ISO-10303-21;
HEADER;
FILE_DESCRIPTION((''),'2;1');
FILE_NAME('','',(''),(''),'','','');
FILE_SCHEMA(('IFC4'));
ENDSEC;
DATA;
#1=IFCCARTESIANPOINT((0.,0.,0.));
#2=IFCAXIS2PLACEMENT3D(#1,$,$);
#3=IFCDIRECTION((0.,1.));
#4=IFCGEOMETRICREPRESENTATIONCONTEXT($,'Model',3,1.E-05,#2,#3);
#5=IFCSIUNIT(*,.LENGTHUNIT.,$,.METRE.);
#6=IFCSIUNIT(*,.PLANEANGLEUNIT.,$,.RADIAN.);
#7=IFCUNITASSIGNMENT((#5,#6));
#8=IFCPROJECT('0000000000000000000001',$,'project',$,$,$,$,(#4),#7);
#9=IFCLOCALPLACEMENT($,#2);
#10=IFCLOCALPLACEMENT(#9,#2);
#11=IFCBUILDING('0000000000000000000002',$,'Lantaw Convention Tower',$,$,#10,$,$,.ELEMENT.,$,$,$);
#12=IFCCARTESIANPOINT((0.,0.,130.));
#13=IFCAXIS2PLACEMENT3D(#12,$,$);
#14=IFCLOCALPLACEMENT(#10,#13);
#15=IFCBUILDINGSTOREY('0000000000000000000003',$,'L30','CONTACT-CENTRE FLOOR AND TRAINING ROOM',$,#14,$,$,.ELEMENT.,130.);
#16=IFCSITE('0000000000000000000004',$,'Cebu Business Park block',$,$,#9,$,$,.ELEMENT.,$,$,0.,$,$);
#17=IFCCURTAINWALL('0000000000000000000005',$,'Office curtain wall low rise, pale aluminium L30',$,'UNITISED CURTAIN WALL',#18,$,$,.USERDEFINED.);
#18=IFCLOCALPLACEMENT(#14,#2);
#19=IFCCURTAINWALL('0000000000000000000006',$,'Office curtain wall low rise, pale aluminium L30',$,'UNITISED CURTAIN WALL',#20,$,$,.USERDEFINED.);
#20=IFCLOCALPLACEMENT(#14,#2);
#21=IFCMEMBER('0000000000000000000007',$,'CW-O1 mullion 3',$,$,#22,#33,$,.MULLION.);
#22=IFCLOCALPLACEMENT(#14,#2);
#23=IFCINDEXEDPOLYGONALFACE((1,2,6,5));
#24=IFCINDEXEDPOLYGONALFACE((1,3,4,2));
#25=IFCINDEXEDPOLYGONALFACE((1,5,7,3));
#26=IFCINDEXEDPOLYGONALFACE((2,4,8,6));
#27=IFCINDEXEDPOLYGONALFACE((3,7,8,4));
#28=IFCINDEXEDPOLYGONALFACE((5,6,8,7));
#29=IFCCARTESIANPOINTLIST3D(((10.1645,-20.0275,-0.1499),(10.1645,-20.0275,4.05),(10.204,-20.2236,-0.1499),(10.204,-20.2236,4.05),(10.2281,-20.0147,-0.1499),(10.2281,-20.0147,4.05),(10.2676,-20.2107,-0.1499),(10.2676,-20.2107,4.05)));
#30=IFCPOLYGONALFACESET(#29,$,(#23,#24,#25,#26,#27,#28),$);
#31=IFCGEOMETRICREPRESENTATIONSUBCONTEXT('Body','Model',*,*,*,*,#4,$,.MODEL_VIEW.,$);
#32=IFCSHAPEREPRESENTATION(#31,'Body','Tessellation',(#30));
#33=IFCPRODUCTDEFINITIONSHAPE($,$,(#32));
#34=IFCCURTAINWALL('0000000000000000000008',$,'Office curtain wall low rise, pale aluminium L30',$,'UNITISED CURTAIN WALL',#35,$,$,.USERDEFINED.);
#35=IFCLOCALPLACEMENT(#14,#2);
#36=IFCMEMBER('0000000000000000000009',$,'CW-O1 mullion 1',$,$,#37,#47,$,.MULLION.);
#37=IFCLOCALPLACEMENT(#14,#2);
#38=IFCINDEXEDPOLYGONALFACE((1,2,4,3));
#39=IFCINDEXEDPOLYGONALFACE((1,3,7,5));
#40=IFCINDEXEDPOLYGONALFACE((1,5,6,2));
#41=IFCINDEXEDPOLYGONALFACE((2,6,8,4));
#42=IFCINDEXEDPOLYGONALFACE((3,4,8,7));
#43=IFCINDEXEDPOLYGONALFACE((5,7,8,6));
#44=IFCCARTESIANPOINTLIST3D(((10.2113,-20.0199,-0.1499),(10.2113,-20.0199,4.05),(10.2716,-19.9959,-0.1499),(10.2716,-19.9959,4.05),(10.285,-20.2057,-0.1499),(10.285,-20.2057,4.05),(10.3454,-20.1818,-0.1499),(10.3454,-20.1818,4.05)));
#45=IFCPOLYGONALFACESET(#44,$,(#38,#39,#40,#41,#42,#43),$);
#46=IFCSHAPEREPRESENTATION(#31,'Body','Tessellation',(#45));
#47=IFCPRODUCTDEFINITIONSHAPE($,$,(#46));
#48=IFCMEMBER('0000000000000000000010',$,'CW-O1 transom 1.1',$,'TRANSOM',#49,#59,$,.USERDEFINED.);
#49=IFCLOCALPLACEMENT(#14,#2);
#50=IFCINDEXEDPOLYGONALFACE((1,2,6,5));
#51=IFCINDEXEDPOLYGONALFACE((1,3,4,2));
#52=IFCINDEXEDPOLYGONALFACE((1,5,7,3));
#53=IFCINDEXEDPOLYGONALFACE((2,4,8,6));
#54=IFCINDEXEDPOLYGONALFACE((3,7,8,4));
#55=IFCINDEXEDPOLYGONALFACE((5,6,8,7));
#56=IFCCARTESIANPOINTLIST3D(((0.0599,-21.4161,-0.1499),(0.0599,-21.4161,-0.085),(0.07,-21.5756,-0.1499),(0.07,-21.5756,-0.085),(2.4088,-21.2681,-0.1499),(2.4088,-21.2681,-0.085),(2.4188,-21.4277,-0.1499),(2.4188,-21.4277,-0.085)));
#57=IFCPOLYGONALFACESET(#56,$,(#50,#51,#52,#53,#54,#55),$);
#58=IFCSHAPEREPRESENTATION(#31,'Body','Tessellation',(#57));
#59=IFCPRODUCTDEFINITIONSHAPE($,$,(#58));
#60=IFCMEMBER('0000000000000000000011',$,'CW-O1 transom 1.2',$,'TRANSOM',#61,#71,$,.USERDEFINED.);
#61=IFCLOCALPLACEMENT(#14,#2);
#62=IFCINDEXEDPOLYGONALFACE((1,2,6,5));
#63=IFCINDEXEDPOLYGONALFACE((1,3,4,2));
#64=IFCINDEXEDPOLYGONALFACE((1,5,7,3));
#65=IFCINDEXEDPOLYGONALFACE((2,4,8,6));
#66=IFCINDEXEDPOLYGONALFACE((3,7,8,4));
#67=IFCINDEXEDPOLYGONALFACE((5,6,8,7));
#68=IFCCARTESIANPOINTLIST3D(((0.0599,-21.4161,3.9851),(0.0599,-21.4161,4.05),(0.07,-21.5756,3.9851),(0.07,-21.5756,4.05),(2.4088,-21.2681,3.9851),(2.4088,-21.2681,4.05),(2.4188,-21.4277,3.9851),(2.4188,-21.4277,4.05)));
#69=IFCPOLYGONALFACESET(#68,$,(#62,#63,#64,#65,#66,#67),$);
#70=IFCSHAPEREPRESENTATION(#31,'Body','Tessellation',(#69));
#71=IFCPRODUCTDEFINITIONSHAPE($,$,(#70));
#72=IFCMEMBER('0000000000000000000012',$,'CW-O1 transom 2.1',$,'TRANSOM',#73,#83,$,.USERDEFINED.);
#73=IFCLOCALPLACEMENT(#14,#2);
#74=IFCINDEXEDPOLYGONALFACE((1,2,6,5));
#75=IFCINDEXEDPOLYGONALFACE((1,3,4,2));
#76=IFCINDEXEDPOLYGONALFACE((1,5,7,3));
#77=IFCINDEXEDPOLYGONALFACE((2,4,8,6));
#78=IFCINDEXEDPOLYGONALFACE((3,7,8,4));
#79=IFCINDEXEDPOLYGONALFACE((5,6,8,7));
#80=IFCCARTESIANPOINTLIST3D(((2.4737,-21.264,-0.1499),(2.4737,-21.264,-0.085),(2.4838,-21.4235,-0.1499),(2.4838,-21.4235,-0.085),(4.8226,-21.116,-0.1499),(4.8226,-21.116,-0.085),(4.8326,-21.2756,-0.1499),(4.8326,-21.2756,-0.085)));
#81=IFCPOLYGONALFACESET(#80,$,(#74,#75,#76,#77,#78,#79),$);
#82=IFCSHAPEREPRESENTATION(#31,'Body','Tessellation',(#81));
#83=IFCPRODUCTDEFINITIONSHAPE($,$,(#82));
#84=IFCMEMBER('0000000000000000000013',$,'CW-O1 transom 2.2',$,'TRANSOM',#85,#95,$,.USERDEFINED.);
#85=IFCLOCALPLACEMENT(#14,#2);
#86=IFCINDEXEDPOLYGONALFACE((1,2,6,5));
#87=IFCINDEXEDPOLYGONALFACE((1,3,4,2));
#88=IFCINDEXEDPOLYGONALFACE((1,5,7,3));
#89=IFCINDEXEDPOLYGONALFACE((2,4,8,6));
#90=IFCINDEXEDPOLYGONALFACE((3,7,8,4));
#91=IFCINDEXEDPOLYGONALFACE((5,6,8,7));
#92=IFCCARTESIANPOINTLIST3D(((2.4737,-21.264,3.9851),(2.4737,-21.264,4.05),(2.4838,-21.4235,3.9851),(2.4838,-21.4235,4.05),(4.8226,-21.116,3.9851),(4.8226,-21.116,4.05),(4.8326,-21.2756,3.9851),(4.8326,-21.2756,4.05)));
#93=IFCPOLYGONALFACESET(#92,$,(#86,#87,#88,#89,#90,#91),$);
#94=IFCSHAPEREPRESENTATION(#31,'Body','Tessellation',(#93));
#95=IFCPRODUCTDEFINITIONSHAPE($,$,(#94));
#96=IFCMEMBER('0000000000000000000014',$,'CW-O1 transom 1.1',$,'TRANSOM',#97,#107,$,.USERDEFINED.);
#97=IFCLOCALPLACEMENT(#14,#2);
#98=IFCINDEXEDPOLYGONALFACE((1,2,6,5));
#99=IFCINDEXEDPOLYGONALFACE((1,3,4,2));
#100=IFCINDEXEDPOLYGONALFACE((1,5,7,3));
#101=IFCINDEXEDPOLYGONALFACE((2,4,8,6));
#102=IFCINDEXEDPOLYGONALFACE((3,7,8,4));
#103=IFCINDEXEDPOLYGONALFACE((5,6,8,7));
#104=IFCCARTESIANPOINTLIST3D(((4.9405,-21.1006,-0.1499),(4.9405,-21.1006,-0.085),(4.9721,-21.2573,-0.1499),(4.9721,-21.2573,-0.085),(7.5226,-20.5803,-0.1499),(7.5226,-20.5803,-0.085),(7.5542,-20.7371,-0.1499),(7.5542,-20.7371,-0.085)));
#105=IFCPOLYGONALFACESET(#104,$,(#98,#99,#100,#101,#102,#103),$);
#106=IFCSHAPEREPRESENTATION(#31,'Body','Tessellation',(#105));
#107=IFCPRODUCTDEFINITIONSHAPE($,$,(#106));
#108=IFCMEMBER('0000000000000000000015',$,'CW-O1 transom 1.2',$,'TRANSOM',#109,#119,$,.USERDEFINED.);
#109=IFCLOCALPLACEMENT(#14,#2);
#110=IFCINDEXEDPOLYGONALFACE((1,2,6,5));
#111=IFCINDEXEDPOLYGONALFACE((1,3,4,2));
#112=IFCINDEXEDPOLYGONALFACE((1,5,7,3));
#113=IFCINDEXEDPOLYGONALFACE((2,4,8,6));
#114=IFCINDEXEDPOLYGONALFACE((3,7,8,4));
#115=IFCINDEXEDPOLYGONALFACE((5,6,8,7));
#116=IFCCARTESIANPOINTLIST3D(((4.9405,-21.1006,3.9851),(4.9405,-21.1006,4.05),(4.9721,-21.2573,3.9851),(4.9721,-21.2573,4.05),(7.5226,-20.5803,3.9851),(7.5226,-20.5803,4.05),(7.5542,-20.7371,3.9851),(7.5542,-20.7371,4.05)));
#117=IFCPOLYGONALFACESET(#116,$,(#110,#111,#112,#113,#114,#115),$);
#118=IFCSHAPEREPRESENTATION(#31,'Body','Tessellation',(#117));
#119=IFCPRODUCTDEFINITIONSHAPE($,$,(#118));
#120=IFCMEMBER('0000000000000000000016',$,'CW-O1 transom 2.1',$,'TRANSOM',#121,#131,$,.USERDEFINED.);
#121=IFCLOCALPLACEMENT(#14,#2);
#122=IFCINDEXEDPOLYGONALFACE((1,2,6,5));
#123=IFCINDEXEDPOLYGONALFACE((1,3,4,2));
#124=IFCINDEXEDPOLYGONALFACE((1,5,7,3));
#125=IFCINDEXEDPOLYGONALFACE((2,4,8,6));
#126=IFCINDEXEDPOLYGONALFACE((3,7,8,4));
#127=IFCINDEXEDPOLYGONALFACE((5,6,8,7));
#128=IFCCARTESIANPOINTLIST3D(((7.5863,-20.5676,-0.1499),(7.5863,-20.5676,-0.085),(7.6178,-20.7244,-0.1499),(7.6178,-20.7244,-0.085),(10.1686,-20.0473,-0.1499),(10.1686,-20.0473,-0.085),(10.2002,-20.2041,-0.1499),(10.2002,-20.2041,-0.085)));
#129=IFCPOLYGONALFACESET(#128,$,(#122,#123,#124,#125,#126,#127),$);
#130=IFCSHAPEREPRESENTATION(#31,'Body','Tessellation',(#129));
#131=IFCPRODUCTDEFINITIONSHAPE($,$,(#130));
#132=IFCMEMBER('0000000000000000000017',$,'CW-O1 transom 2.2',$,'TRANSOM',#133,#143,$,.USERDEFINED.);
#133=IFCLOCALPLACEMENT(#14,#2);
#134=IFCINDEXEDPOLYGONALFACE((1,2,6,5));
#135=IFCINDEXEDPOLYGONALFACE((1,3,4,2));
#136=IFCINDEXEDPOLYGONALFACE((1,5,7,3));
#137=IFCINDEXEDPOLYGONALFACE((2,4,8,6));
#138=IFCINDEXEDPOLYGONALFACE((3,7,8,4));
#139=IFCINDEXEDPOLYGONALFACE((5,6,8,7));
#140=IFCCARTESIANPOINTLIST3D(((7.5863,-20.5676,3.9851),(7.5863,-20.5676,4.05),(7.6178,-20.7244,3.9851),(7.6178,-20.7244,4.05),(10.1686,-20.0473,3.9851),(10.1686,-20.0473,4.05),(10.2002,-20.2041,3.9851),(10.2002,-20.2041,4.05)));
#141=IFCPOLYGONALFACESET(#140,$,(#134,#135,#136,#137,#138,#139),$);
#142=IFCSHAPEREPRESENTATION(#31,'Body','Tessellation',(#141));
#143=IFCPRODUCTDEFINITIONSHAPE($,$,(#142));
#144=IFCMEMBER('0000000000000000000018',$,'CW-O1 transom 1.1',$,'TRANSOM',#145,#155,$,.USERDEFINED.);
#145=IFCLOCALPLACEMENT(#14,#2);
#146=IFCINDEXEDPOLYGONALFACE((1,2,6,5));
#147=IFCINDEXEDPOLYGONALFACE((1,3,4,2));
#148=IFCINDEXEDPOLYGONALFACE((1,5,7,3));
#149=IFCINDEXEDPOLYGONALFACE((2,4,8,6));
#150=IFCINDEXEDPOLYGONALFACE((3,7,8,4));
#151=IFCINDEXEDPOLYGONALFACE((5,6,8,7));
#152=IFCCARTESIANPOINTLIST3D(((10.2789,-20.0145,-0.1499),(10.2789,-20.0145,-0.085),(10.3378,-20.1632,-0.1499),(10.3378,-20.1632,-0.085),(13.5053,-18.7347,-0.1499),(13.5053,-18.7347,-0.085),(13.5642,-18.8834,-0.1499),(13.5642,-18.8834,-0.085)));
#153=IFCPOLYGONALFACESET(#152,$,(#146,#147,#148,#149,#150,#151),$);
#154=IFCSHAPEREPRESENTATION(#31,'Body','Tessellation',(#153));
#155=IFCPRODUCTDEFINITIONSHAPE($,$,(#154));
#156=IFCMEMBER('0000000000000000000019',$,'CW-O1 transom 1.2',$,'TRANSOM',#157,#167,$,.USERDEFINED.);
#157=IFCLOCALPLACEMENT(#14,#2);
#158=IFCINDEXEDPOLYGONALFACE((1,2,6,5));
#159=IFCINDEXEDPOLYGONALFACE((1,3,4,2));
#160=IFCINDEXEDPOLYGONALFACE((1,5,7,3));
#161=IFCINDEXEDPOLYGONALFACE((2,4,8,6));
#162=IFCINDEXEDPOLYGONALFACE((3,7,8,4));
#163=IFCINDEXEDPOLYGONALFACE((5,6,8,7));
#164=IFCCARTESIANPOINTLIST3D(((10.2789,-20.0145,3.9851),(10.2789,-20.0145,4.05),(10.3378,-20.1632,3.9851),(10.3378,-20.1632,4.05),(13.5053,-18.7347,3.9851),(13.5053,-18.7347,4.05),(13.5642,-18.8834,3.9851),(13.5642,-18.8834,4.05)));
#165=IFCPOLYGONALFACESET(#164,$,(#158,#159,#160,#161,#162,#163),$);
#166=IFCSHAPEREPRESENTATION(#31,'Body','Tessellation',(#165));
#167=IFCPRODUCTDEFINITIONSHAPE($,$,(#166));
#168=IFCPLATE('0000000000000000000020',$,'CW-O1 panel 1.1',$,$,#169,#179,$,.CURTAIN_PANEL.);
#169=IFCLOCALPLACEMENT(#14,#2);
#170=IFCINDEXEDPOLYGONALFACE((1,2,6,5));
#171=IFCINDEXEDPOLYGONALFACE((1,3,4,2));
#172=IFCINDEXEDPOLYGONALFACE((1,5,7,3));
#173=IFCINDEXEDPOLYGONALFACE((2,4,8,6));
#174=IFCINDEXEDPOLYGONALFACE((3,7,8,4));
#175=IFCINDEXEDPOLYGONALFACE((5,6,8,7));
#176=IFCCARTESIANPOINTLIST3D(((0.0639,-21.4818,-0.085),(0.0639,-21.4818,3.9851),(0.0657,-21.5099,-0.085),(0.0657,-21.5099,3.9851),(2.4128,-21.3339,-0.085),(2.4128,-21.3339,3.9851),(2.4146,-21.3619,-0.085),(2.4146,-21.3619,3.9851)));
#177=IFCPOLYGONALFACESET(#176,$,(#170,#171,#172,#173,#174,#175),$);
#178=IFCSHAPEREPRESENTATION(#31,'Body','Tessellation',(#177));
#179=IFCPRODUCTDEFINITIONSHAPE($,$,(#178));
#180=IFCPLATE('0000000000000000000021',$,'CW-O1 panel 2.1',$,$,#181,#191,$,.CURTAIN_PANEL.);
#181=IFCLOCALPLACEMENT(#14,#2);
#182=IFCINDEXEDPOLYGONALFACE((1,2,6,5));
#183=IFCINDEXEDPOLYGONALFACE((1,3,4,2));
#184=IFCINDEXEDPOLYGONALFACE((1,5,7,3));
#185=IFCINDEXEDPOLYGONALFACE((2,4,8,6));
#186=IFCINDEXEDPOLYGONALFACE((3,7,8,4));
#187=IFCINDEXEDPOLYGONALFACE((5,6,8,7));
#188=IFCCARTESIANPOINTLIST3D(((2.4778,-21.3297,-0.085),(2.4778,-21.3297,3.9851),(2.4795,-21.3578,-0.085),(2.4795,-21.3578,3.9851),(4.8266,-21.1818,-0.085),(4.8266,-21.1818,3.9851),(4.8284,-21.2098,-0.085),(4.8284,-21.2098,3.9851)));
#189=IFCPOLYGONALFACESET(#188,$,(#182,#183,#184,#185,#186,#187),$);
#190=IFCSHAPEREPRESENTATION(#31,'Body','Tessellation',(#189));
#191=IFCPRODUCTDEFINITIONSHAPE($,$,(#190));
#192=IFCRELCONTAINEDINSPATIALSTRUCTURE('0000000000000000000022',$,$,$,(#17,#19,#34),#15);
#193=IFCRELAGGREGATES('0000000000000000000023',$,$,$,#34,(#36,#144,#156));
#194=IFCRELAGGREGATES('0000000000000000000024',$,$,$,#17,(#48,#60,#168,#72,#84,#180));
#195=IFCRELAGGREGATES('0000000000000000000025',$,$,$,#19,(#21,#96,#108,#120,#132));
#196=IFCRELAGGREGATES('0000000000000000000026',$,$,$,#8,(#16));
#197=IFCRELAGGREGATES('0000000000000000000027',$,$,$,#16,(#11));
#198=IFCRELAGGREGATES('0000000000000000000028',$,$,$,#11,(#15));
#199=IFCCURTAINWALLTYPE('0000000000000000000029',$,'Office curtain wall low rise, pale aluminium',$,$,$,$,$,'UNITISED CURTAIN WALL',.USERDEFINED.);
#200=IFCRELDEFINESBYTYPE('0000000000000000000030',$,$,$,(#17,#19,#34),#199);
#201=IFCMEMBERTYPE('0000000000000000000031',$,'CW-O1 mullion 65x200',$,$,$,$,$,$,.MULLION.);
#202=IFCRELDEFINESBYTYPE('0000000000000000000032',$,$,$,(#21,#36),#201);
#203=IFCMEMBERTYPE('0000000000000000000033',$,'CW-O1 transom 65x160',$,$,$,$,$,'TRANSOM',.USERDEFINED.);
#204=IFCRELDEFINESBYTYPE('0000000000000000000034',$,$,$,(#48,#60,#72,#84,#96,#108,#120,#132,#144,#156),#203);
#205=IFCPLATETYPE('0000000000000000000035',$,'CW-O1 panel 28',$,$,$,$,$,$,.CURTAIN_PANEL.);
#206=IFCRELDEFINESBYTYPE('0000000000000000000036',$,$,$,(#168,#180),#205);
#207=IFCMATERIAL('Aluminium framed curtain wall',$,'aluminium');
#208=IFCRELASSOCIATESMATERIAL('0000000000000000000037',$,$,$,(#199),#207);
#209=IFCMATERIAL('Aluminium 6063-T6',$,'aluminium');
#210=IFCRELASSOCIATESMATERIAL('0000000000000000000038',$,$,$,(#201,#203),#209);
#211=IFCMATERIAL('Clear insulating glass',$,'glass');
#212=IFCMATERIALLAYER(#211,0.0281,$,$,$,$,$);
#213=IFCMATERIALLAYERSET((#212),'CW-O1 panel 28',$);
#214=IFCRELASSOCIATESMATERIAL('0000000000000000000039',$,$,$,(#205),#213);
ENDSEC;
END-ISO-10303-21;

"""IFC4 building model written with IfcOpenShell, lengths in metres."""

from ifc_helpers import new_model, si_unit, direction, frame, origin, origin_2d, place, context, subcontext, project, spatial, rectangle, extrude, material, layer, layer_set, material_profile, profile_set, type_object, element, aggregate, save


model = new_model("IFC4")

# Units and contexts
model_context = context("Model", 3, precision=1e-05, world=origin(), true_north=direction((0.0, 1.0)))
body_context = subcontext(model_context, "Body", "Model", "MODEL_VIEW")
ifc_project = project(units=[si_unit("LENGTHUNIT", "METRE"), si_unit("PLANEANGLEUNIT", "RADIAN")], contexts=[model_context])

# Site, building, storey
site_placement = place(None, origin())
site = spatial("IfcSite", under=ifc_project, at=site_placement, Name="Cebu Business Park block", CompositionType="ELEMENT", RefElevation=0.0)
building_placement = place(site_placement, origin())
building = spatial("IfcBuilding", under=site, at=building_placement, Name="Lantaw Convention Tower", CompositionType="ELEMENT")
storey_placement = place(building_placement, frame((0.0, 0.0, 130.0)))
storey = spatial("IfcBuildingStorey", under=building, at=storey_placement, Name="L30", Description="CONTACT-CENTRE FLOOR AND TRAINING ROOM", CompositionType="ELEMENT", Elevation=130.0)

# Curtain walls, member
ifc_material_1 = material(Name="Aluminium framed curtain wall", Category="aluminium")
curtain_wall_type = type_object("IfcCurtainWallType", Name="Office curtain wall low rise, pale aluminium", ElementType="UNITISED CURTAIN WALL", PredefinedType="USERDEFINED", material=ifc_material_1)
curtain_wall_1_placement = place(storey_placement, origin())
curtain_wall_1 = element("IfcCurtainWall", 1, at=curtain_wall_1_placement, inside=storey, type_object=curtain_wall_type, Name="Office curtain wall low rise, pale aluminium L30", ObjectType="UNITISED CURTAIN WALL", PredefinedType="USERDEFINED")
ifc_material_2 = material(Name="Aluminium 6063-T6", Category="aluminium")
ifc_material_profile_1 = material_profile(ifc_material_2, rectangle(XDim=0.2, YDim=0.0649, at=origin_2d()), Name="CW-O1 mullion 65x200")
ifc_profile_set_1 = profile_set([ifc_material_profile_1], Name="Aluminium 6063-T6")
member_type_1 = type_object("IfcMemberType", Name="CW-O1 mullion 65x200", PredefinedType="MULLION", material=ifc_profile_set_1)
curtain_wall_2_placement = place(storey_placement, origin())
curtain_wall_2 = element("IfcCurtainWall", 2, at=curtain_wall_2_placement, inside=storey, type_object=curtain_wall_type, Name="Office curtain wall low rise, pale aluminium L30", ObjectType="UNITISED CURTAIN WALL", PredefinedType="USERDEFINED")
member_1_placement = place(storey_placement, frame((10.2161, -20.1191, -0.1499), z_axis=(0.0, 0.0, 1.0), x_axis=(-0.197507, 0.980302, 0.0)))
member_1 = element("IfcMember", 3, at=member_1_placement, type_object=member_type_1, Name="CW-O1 mullion 3", PredefinedType="MULLION", context=body_context, shape_type="SweptSolid", body=[
    extrude(rectangle(XDim=0.2, YDim=0.0649, at=origin_2d()), origin(), (0.0, 0.0, 1.0), 4.2),
])

# Curtain wall, member
curtain_wall_3_placement = place(storey_placement, origin())
curtain_wall_3 = element("IfcCurtainWall", 4, at=curtain_wall_3_placement, inside=storey, type_object=curtain_wall_type, Name="Office curtain wall low rise, pale aluminium L30", ObjectType="UNITISED CURTAIN WALL", PredefinedType="USERDEFINED")
member_2_placement = place(storey_placement, frame((10.2783, -20.1008, -0.1499), z_axis=(0.0, 0.0, 1.0), x_axis=(-0.368702, 0.929548, 0.0)))
member_2 = element("IfcMember", 5, at=member_2_placement, type_object=member_type_1, Name="CW-O1 mullion 1", PredefinedType="MULLION", context=body_context, shape_type="SweptSolid", body=[
    extrude(rectangle(XDim=0.2, YDim=0.0649, at=origin_2d()), origin(), (0.0, 0.0, 1.0), 4.2),
])

# Members
ifc_material_profile_2 = material_profile(ifc_material_2, rectangle(XDim=0.1599, YDim=0.0649, at=origin_2d()), Name="CW-O1 transom 65x160")
ifc_profile_set_2 = profile_set([ifc_material_profile_2], Name="Aluminium 6063-T6")
member_type_2 = type_object("IfcMemberType", Name="CW-O1 transom 65x160", ElementType="TRANSOM", PredefinedType="USERDEFINED", material=ifc_profile_set_2)
member_3_placement = place(storey_placement, frame((0.0649, -21.4958, -0.1174), z_axis=(0.998022, 0.062863, 0.0), x_axis=(-0.062863, 0.998022, 0.0)))
member_3 = element("IfcMember", 6, at=member_3_placement, type_object=member_type_2, Name="CW-O1 transom 1.1", ObjectType="TRANSOM", PredefinedType="USERDEFINED", context=body_context, shape_type="SweptSolid", body=[
    extrude(rectangle(XDim=0.1599, YDim=0.0649, at=origin_2d()), origin(), (0.0, 0.0, 1.0), 2.3535),
])
member_4_placement = place(storey_placement, frame((0.0649, -21.4958, 4.0176), z_axis=(0.998022, 0.062863, 0.0), x_axis=(-0.062863, 0.998022, 0.0)))
member_4 = element("IfcMember", 7, at=member_4_placement, type_object=member_type_2, Name="CW-O1 transom 1.2", ObjectType="TRANSOM", PredefinedType="USERDEFINED", context=body_context, shape_type="SweptSolid", body=[
    extrude(rectangle(XDim=0.1599, YDim=0.0649, at=origin_2d()), origin(), (0.0, 0.0, 1.0), 2.3535),
])
member_5_placement = place(storey_placement, frame((2.4788, -21.3438, -0.1174), z_axis=(0.998022, 0.062863, 0.0), x_axis=(-0.062863, 0.998022, 0.0)))
member_5 = element("IfcMember", 8, at=member_5_placement, type_object=member_type_2, Name="CW-O1 transom 2.1", ObjectType="TRANSOM", PredefinedType="USERDEFINED", context=body_context, shape_type="SweptSolid", body=[
    extrude(rectangle(XDim=0.1599, YDim=0.0649, at=origin_2d()), origin(), (0.0, 0.0, 1.0), 2.3535),
])
member_6_placement = place(storey_placement, frame((2.4788, -21.3438, 4.0176), z_axis=(0.998022, 0.062863, 0.0), x_axis=(-0.062863, 0.998022, 0.0)))
member_6 = element("IfcMember", 9, at=member_6_placement, type_object=member_type_2, Name="CW-O1 transom 2.2", ObjectType="TRANSOM", PredefinedType="USERDEFINED", context=body_context, shape_type="SweptSolid", body=[
    extrude(rectangle(XDim=0.1599, YDim=0.0649, at=origin_2d()), origin(), (0.0, 0.0, 1.0), 2.3535),
])
member_7_placement = place(storey_placement, frame((4.9563, -21.179, -0.1174), z_axis=(0.980298, 0.197524, 0.0), x_axis=(-0.197524, 0.980298, 0.0)))
member_7 = element("IfcMember", 10, at=member_7_placement, type_object=member_type_2, Name="CW-O1 transom 1.1", ObjectType="TRANSOM", PredefinedType="USERDEFINED", context=body_context, shape_type="SweptSolid", body=[
    extrude(rectangle(XDim=0.1599, YDim=0.0649, at=origin_2d()), origin(), (0.0, 0.0, 1.0), 2.634),
])
member_8_placement = place(storey_placement, frame((4.9563, -21.179, 4.0176), z_axis=(0.980298, 0.197524, 0.0), x_axis=(-0.197524, 0.980298, 0.0)))
member_8 = element("IfcMember", 11, at=member_8_placement, type_object=member_type_2, Name="CW-O1 transom 1.2", ObjectType="TRANSOM", PredefinedType="USERDEFINED", context=body_context, shape_type="SweptSolid", body=[
    extrude(rectangle(XDim=0.1599, YDim=0.0649, at=origin_2d()), origin(), (0.0, 0.0, 1.0), 2.634),
])
member_9_placement = place(storey_placement, frame((7.6021, -20.646, -0.1174), z_axis=(0.980302, 0.197506, 0.0), x_axis=(-0.197506, 0.980302, 0.0)))
member_9 = element("IfcMember", 12, at=member_9_placement, type_object=member_type_2, Name="CW-O1 transom 2.1", ObjectType="TRANSOM", PredefinedType="USERDEFINED", context=body_context, shape_type="SweptSolid", body=[
    extrude(rectangle(XDim=0.1599, YDim=0.0649, at=origin_2d()), origin(), (0.0, 0.0, 1.0), 2.6343),
])
member_10_placement = place(storey_placement, frame((7.6021, -20.646, 4.0176), z_axis=(0.980302, 0.197506, 0.0), x_axis=(-0.197506, 0.980302, 0.0)))
member_10 = element("IfcMember", 13, at=member_10_placement, type_object=member_type_2, Name="CW-O1 transom 2.2", ObjectType="TRANSOM", PredefinedType="USERDEFINED", context=body_context, shape_type="SweptSolid", body=[
    extrude(rectangle(XDim=0.1599, YDim=0.0649, at=origin_2d()), origin(), (0.0, 0.0, 1.0), 2.6343),
])
member_11_placement = place(storey_placement, frame((10.3083, -20.0889, -0.1174), z_axis=(0.92954, 0.368721, 0.0), x_axis=(-0.368721, 0.92954, 0.0)))
member_11 = element("IfcMember", 14, at=member_11_placement, type_object=member_type_2, Name="CW-O1 transom 1.1", ObjectType="TRANSOM", PredefinedType="USERDEFINED", context=body_context, shape_type="SweptSolid", body=[
    extrude(rectangle(XDim=0.1599, YDim=0.0649, at=origin_2d()), origin(), (0.0, 0.0, 1.0), 3.4709),
])
member_12_placement = place(storey_placement, frame((10.3083, -20.0889, 4.0176), z_axis=(0.92954, 0.368721, 0.0), x_axis=(-0.368721, 0.92954, 0.0)))
member_12 = element("IfcMember", 15, at=member_12_placement, type_object=member_type_2, Name="CW-O1 transom 1.2", ObjectType="TRANSOM", PredefinedType="USERDEFINED", context=body_context, shape_type="SweptSolid", body=[
    extrude(rectangle(XDim=0.1599, YDim=0.0649, at=origin_2d()), origin(), (0.0, 0.0, 1.0), 3.4709),
])
aggregate(curtain_wall_3, [member_2, member_11, member_12])

# Plates
ifc_material_3 = material(Name="Clear insulating glass", Category="glass")
ifc_layer_1 = layer(ifc_material_3, 0.0281)
ifc_layer_set_1 = layer_set([ifc_layer_1], Name="CW-O1 panel 28")
plate_type_1 = type_object("IfcPlateType", Name="CW-O1 panel 28", PredefinedType="CURTAIN_PANEL", material=ifc_layer_set_1)
plate_1_placement = place(storey_placement, frame((1.2393, -21.4219, -0.085), z_axis=(0.0, 0.0, 1.0), x_axis=(0.998022, 0.062865, 0.0)))
plate_1 = element("IfcPlate", 16, at=plate_1_placement, type_object=plate_type_1, Name="CW-O1 panel 1.1", PredefinedType="CURTAIN_PANEL", context=body_context, shape_type="SweptSolid", body=[
    extrude(rectangle(XDim=2.3535, YDim=0.0281, at=origin_2d()), origin(), (0.0, 0.0, 1.0), 4.0701),
])
plate_2_placement = place(storey_placement, frame((3.6531, -21.2698, -0.085), z_axis=(0.0, 0.0, 1.0), x_axis=(0.998022, 0.062865, 0.0)))
plate_2 = element("IfcPlate", 17, at=plate_2_placement, type_object=plate_type_1, Name="CW-O1 panel 2.1", PredefinedType="CURTAIN_PANEL", context=body_context, shape_type="SweptSolid", body=[
    extrude(rectangle(XDim=2.3535, YDim=0.0281, at=origin_2d()), origin(), (0.0, 0.0, 1.0), 4.0701),
])
aggregate(curtain_wall_1, [member_3, member_4, plate_1, member_5, member_6, plate_2])
aggregate(curtain_wall_2, [member_1, member_7, member_8, member_9, member_10])

save(model, "model.ifc")
